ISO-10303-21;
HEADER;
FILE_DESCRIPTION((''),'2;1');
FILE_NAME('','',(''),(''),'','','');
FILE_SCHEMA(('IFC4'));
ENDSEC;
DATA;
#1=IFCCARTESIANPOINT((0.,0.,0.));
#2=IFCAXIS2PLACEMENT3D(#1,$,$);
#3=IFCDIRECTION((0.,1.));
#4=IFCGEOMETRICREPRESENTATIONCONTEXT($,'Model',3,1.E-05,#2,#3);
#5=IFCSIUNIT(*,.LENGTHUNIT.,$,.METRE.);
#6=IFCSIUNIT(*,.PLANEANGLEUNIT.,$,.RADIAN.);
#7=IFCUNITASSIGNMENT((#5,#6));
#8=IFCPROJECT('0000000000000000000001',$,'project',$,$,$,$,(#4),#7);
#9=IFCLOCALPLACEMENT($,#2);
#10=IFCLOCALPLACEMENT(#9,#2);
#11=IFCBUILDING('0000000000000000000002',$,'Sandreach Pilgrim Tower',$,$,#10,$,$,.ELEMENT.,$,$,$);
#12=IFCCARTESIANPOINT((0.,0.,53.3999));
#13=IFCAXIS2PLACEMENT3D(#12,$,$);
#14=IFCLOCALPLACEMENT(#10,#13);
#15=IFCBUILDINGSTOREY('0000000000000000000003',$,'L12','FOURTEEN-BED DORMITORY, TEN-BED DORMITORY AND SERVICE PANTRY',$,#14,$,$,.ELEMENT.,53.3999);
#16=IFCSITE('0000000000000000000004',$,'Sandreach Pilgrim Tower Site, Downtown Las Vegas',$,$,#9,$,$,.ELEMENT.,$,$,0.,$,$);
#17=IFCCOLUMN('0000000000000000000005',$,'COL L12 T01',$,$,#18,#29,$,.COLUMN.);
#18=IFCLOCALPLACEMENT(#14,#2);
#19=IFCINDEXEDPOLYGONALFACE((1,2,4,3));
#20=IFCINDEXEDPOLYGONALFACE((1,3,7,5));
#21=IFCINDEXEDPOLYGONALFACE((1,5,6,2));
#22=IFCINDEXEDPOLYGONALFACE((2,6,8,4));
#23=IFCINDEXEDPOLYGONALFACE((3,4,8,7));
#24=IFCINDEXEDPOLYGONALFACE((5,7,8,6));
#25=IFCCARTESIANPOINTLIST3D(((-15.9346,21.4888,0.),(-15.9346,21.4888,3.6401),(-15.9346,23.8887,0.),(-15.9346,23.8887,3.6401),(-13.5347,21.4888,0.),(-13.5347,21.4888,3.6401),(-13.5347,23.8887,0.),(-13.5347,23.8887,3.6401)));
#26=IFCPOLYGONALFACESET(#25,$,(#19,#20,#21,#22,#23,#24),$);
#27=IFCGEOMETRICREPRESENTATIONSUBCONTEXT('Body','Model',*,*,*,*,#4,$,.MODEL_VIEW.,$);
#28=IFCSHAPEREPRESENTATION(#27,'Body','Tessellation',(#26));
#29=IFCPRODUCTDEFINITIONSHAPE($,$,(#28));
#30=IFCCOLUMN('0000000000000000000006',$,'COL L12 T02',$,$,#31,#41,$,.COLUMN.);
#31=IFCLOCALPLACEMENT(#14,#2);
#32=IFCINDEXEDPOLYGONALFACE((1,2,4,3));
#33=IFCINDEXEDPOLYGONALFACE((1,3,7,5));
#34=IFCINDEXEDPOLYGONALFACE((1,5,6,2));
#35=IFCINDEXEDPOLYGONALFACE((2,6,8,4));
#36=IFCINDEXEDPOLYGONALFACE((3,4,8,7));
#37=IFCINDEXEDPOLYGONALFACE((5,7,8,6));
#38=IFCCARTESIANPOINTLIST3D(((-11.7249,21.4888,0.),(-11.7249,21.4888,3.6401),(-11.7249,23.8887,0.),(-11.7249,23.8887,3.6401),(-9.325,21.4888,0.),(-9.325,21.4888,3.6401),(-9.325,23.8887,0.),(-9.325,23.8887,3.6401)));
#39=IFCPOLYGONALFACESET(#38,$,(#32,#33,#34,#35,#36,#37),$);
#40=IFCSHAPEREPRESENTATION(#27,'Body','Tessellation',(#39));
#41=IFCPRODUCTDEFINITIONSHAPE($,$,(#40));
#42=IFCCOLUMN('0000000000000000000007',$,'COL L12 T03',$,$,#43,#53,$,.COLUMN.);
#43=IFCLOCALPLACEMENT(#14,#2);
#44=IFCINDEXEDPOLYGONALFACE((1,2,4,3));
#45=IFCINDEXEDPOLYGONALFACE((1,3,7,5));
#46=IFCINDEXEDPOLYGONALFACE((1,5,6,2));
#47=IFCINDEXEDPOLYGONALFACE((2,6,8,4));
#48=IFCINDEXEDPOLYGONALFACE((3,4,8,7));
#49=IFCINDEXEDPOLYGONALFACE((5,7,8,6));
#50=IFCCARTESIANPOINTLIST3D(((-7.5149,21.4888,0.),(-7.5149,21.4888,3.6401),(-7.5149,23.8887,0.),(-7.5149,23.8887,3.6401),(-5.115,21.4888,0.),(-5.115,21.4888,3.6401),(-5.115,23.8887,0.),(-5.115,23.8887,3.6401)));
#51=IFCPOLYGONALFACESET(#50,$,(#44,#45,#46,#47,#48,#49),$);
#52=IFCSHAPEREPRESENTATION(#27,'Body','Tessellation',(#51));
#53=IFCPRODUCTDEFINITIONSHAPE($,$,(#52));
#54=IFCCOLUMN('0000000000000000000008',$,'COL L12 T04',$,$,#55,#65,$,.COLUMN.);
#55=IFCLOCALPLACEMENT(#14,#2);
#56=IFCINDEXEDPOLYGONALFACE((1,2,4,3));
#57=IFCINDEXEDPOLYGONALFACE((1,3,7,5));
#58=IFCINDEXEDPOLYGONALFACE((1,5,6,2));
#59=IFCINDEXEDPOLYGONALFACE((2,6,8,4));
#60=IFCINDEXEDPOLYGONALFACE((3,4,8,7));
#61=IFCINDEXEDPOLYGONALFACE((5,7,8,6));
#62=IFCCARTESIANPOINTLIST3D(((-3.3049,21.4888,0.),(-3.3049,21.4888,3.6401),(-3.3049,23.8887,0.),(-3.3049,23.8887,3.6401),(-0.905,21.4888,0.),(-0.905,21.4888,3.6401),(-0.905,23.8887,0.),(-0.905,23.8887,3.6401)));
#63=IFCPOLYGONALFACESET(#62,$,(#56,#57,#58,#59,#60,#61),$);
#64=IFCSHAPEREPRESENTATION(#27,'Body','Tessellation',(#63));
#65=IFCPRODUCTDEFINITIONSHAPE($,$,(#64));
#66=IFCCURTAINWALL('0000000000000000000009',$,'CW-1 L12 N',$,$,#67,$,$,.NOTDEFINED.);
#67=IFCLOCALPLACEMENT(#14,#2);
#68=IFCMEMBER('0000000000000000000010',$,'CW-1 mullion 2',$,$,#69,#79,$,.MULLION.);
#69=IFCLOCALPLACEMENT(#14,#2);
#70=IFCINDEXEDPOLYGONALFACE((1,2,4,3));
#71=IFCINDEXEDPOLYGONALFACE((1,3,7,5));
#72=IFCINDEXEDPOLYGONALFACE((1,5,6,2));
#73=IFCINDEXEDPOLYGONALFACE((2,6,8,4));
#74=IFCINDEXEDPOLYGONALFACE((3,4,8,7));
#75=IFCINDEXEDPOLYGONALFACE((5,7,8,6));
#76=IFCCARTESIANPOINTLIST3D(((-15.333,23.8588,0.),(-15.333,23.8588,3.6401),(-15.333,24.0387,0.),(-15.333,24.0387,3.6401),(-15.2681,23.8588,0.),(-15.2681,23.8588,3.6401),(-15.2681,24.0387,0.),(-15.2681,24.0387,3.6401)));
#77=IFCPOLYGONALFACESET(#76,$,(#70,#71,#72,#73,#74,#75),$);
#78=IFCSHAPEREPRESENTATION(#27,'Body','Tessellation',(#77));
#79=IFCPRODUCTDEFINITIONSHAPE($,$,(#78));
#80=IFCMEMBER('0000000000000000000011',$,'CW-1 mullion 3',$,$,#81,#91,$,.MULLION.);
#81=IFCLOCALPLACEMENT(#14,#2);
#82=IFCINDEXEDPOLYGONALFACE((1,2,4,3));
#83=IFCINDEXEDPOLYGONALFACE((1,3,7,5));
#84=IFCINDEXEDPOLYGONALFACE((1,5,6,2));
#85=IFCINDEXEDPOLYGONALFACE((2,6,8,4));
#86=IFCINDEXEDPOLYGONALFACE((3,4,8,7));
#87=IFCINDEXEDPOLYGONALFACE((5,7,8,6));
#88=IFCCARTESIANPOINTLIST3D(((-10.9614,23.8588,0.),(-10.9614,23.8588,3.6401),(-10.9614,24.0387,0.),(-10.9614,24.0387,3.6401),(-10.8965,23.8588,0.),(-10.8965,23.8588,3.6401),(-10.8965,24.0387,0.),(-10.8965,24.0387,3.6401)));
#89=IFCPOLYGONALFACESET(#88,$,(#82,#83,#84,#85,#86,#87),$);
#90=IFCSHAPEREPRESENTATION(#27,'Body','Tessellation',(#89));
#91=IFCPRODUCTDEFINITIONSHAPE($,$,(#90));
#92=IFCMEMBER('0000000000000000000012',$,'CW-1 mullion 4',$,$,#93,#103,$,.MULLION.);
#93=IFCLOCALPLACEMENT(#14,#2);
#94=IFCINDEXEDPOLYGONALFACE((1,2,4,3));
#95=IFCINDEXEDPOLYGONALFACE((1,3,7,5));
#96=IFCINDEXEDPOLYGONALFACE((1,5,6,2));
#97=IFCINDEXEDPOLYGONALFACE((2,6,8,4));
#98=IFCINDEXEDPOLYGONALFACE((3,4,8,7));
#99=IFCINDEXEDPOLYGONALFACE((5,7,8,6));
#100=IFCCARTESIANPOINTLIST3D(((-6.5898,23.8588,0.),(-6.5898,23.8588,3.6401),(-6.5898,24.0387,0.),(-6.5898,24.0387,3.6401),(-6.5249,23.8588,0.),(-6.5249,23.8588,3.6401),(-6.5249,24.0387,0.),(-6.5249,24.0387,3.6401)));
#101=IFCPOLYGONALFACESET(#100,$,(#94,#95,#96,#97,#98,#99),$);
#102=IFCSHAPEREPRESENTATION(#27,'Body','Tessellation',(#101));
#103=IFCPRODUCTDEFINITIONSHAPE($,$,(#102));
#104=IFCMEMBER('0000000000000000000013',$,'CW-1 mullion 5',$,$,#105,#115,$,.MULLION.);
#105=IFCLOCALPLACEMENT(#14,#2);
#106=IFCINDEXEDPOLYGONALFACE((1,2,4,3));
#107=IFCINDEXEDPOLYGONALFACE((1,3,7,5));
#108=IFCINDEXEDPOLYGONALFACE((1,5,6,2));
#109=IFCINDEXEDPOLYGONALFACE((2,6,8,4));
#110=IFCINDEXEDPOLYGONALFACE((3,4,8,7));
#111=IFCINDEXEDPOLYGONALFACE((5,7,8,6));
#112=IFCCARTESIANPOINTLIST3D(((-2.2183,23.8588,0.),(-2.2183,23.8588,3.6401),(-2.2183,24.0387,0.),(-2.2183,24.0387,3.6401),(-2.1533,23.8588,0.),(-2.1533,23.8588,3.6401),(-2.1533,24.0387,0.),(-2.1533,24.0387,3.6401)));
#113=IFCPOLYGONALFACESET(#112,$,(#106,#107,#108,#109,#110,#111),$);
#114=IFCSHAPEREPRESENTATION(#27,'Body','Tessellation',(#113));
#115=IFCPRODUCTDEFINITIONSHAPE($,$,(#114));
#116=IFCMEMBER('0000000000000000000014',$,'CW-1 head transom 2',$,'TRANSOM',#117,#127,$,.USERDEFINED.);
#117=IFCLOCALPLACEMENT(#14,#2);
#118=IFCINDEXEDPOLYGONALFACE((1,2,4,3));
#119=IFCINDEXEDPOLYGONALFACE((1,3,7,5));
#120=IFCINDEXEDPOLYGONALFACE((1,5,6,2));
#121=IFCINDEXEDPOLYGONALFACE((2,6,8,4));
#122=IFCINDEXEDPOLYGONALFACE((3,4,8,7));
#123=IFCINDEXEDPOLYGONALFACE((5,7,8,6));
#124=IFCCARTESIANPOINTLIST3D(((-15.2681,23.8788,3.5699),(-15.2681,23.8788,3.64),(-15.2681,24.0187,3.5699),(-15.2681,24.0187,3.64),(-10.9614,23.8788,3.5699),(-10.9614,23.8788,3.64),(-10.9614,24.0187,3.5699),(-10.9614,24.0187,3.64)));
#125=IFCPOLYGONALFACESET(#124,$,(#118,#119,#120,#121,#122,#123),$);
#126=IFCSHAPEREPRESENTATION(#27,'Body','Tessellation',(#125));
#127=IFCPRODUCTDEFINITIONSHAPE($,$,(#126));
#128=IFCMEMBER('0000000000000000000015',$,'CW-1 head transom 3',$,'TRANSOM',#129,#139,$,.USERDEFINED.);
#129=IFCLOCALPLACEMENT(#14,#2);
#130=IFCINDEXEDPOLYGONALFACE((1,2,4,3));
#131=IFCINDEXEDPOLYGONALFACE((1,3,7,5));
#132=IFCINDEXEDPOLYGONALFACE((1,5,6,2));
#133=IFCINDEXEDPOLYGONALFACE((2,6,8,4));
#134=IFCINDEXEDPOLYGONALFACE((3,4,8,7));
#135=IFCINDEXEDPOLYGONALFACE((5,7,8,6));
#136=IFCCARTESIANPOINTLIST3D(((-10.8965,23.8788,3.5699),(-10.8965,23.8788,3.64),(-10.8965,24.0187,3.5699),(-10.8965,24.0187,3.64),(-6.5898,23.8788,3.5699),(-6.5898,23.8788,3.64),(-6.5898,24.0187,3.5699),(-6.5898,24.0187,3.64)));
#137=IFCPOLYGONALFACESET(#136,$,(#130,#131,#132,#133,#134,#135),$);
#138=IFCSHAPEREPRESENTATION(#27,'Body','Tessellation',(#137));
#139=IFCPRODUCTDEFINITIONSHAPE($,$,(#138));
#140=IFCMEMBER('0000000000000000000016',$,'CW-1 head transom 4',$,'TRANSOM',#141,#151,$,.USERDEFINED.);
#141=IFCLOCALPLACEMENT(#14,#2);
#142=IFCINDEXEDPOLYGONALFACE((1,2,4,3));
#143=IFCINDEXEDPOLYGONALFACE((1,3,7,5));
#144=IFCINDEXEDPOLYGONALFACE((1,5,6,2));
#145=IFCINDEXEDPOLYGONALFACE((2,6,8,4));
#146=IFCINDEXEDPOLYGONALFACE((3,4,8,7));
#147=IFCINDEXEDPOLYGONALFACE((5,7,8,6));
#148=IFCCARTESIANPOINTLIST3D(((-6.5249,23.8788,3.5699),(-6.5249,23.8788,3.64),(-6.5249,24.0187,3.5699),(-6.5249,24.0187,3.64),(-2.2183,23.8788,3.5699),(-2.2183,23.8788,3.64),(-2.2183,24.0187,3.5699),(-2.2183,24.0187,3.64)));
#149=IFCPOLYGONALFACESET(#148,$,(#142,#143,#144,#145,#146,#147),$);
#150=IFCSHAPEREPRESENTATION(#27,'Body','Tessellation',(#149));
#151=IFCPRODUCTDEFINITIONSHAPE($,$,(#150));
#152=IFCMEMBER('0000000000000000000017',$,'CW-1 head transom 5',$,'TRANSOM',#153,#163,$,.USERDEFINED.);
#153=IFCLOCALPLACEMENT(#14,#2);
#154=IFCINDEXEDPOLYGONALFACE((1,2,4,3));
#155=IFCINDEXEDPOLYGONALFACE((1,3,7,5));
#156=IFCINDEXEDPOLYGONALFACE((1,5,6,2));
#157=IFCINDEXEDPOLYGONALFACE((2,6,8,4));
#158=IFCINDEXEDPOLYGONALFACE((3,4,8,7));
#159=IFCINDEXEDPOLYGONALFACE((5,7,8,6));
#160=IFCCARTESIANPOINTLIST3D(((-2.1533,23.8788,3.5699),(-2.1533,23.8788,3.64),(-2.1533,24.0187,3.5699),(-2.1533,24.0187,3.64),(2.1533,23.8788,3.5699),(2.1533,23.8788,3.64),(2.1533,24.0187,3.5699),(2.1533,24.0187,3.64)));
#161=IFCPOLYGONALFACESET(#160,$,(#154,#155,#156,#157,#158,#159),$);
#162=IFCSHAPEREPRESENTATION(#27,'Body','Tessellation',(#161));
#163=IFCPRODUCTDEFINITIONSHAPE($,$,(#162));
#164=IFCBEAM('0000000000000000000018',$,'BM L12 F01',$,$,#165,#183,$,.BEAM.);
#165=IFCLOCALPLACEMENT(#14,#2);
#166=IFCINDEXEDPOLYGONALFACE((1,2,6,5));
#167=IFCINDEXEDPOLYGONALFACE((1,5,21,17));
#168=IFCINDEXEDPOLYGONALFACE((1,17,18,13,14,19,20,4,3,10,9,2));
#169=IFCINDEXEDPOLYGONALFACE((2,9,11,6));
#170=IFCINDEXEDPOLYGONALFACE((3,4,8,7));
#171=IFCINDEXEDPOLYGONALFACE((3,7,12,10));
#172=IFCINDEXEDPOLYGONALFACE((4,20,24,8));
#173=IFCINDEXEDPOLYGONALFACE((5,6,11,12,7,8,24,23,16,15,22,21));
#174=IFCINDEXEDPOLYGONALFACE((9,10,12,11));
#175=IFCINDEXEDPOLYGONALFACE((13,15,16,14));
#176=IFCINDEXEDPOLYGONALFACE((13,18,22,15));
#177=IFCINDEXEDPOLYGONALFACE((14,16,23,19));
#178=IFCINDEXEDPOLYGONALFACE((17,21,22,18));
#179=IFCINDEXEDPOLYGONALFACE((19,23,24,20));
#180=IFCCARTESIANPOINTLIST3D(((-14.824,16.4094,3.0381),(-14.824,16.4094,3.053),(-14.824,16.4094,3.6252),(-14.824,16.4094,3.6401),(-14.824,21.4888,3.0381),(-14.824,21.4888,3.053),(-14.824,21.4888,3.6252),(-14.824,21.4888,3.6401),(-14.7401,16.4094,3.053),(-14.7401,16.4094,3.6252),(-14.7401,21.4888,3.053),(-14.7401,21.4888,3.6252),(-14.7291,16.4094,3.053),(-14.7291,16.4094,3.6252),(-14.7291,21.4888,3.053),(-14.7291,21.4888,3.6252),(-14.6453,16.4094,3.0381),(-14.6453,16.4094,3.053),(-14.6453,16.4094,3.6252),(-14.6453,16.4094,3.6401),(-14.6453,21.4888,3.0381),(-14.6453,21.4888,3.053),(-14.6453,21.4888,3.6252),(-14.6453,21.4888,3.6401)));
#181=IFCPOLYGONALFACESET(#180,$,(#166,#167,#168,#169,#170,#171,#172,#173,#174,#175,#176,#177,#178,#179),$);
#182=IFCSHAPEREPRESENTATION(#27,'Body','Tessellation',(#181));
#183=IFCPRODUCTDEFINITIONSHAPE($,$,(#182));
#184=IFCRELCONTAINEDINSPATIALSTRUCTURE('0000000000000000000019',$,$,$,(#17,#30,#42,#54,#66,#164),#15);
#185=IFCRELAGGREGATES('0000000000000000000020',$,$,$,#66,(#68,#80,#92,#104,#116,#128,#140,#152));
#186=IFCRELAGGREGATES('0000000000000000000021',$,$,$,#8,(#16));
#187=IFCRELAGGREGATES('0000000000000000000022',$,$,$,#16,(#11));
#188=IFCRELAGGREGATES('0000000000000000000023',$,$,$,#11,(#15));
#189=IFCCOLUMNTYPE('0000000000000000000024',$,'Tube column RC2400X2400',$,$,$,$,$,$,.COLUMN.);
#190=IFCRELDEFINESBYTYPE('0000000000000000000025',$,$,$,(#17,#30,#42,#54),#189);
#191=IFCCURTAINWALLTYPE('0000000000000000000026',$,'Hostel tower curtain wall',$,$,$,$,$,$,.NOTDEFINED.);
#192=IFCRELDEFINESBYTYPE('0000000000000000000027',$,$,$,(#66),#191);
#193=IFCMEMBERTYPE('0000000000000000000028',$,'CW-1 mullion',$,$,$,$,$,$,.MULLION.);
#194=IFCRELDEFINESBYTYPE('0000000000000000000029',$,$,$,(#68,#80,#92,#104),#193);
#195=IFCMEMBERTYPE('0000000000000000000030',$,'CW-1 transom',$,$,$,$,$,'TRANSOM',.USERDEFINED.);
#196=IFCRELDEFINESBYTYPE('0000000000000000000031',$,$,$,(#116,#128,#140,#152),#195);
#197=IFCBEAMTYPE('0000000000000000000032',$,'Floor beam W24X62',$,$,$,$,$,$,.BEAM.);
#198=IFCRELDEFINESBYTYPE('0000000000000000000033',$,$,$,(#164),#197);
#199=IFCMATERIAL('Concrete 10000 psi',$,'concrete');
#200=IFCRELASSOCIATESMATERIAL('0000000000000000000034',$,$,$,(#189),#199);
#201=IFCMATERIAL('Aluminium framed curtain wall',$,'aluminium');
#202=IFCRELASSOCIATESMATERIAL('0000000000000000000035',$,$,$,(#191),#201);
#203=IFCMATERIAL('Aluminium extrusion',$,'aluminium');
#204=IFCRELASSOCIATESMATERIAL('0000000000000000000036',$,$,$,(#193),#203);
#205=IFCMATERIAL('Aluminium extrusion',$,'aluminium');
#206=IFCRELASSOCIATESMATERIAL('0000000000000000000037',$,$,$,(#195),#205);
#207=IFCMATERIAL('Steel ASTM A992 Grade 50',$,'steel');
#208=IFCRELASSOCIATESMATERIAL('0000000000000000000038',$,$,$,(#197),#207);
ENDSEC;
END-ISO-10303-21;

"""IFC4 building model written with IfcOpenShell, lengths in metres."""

from ifc_helpers import new_model, si_unit, direction, frame, origin, origin_2d, place, context, subcontext, project, spatial, rectangle, i_section, extrude, clip, halfspace, material, material_profile, profile_set, type_object, element, aggregate, save


model = new_model("IFC4")

# Units and contexts
model_context = context("Model", 3, precision=1e-05, world=origin(), true_north=direction((0.0, 1.0)))
body_context = subcontext(model_context, "Body", "Model", "MODEL_VIEW")
ifc_project = project(units=[si_unit("LENGTHUNIT", "METRE"), si_unit("PLANEANGLEUNIT", "RADIAN")], contexts=[model_context])

# Site, building, storey
site_placement = place(None, origin())
site = spatial("IfcSite", under=ifc_project, at=site_placement, Name="Sandreach Pilgrim Tower Site, Downtown Las Vegas", CompositionType="ELEMENT", RefElevation=0.0)
building_placement = place(site_placement, origin())
building = spatial("IfcBuilding", under=site, at=building_placement, Name="Sandreach Pilgrim Tower", CompositionType="ELEMENT")
storey_placement = place(building_placement, frame((0.0, 0.0, 53.3999)))
storey = spatial("IfcBuildingStorey", under=building, at=storey_placement, Name="L12", Description="FOURTEEN-BED DORMITORY, TEN-BED DORMITORY AND SERVICE PANTRY", CompositionType="ELEMENT", Elevation=53.3999)

# Columns
ifc_material_1 = material(Name="Concrete 10000 psi", Category="concrete")
ifc_material_profile_1 = material_profile(ifc_material_1, rectangle(XDim=2.3999, YDim=2.3999, at=origin_2d()), Name="RC2400X2400")
ifc_profile_set_1 = profile_set([ifc_material_profile_1], Name="Concrete 10000 psi")
column_type = type_object("IfcColumnType", Name="Tube column RC2400X2400", PredefinedType="COLUMN", material=ifc_profile_set_1)
column_1_placement = place(storey_placement, frame((-14.7346, 22.6887, 0.0), z_axis=(0.0, 0.0, 1.0), x_axis=(0.0, 1.0, 0.0)))
element("IfcColumn", 1, at=column_1_placement, inside=storey, type_object=column_type, Name="COL L12 T01", PredefinedType="COLUMN", context=body_context, shape_type="SweptSolid", body=[
    clip(extrude(rectangle(XDim=2.3999, YDim=2.3999, at=origin_2d()), origin(), (0.0, 0.0, 1.0), 3.7275), halfspace(frame((0.0, 0.0, 3.6401)), False)),
])
column_2_placement = place(storey_placement, frame((-10.5249, 22.6887, 0.0), z_axis=(0.0, 0.0, 1.0), x_axis=(0.0, 1.0, 0.0)))
element("IfcColumn", 2, at=column_2_placement, inside=storey, type_object=column_type, Name="COL L12 T02", PredefinedType="COLUMN", context=body_context, shape_type="SweptSolid", body=[
    clip(extrude(rectangle(XDim=2.3999, YDim=2.3999, at=origin_2d()), origin(), (0.0, 0.0, 1.0), 3.7356), halfspace(frame((0.0, 0.0, 3.6401)), False)),
])
column_3_placement = place(storey_placement, frame((-6.3149, 22.6887, 0.0), z_axis=(0.0, 0.0, 1.0), x_axis=(0.0, 1.0, 0.0)))
element("IfcColumn", 3, at=column_3_placement, inside=storey, type_object=column_type, Name="COL L12 T03", PredefinedType="COLUMN", context=body_context, shape_type="SweptSolid", body=[
    clip(extrude(rectangle(XDim=2.3999, YDim=2.3999, at=origin_2d()), origin(), (0.0, 0.0, 1.0), 3.7439), halfspace(frame((0.0, 0.0, 3.6401)), False)),
])
column_4_placement = place(storey_placement, frame((-2.105, 22.6887, 0.0), z_axis=(0.0, 0.0, 1.0), x_axis=(0.0, 1.0, 0.0)))
element("IfcColumn", 4, at=column_4_placement, inside=storey, type_object=column_type, Name="COL L12 T04", PredefinedType="COLUMN", context=body_context, shape_type="SweptSolid", body=[
    clip(extrude(rectangle(XDim=2.3999, YDim=2.3999, at=origin_2d()), origin(), (0.0, 0.0, 1.0), 3.752), halfspace(frame((0.0, 0.0, 3.6401)), False)),
])

# Curtain wall, members
ifc_material_2 = material(Name="Aluminium framed curtain wall", Category="aluminium")
curtain_wall_type = type_object("IfcCurtainWallType", Name="Hostel tower curtain wall", PredefinedType="NOTDEFINED", material=ifc_material_2)
curtain_wall_placement = place(storey_placement, origin())
curtain_wall = element("IfcCurtainWall", 5, at=curtain_wall_placement, inside=storey, type_object=curtain_wall_type, Name="CW-1 L12 N", PredefinedType="NOTDEFINED")
ifc_material_3 = material(Name="Aluminium extrusion", Category="aluminium")
ifc_material_profile_2 = material_profile(ifc_material_3, rectangle(XDim=0.0649, YDim=0.1799, at=origin_2d()), Name="CW-1M 65X180")
ifc_profile_set_2 = profile_set([ifc_material_profile_2], Name="Aluminium extrusion")
member_type_1 = type_object("IfcMemberType", Name="CW-1 mullion", PredefinedType="MULLION", material=ifc_profile_set_2)
member_1_placement = place(storey_placement, frame((-15.3005, 23.9487, 0.0), z_axis=(0.0, 0.0, 1.0), x_axis=(1.0, 0.0, 0.0)))
member_1 = element("IfcMember", 6, at=member_1_placement, type_object=member_type_1, Name="CW-1 mullion 2", PredefinedType="MULLION", context=body_context, shape_type="SweptSolid", body=[
    extrude(rectangle(XDim=0.0649, YDim=0.1799, at=origin_2d()), origin(), (0.0, 0.0, 1.0), 3.6401),
])
member_2_placement = place(storey_placement, frame((-10.929, 23.9487, 0.0), z_axis=(0.0, 0.0, 1.0), x_axis=(1.0, 0.0, 0.0)))
member_2 = element("IfcMember", 7, at=member_2_placement, type_object=member_type_1, Name="CW-1 mullion 3", PredefinedType="MULLION", context=body_context, shape_type="SweptSolid", body=[
    extrude(rectangle(XDim=0.0649, YDim=0.1799, at=origin_2d()), origin(), (0.0, 0.0, 1.0), 3.6401),
])
member_3_placement = place(storey_placement, frame((-6.5574, 23.9487, 0.0), z_axis=(0.0, 0.0, 1.0), x_axis=(1.0, 0.0, 0.0)))
member_3 = element("IfcMember", 8, at=member_3_placement, type_object=member_type_1, Name="CW-1 mullion 4", PredefinedType="MULLION", context=body_context, shape_type="SweptSolid", body=[
    extrude(rectangle(XDim=0.0649, YDim=0.1799, at=origin_2d()), origin(), (0.0, 0.0, 1.0), 3.6401),
])
member_4_placement = place(storey_placement, frame((-2.1858, 23.9487, 0.0), z_axis=(0.0, 0.0, 1.0), x_axis=(1.0, 0.0, 0.0)))
member_4 = element("IfcMember", 9, at=member_4_placement, type_object=member_type_1, Name="CW-1 mullion 5", PredefinedType="MULLION", context=body_context, shape_type="SweptSolid", body=[
    extrude(rectangle(XDim=0.0649, YDim=0.1799, at=origin_2d()), origin(), (0.0, 0.0, 1.0), 3.6401),
])
ifc_material_4 = material(Name="Aluminium extrusion", Category="aluminium")
ifc_material_profile_3 = material_profile(ifc_material_4, rectangle(XDim=0.1399, YDim=0.0701, at=origin_2d()), Name="CW-1T 140X70")
ifc_profile_set_3 = profile_set([ifc_material_profile_3], Name="Aluminium extrusion")
member_type_2 = type_object("IfcMemberType", Name="CW-1 transom", ElementType="TRANSOM", PredefinedType="USERDEFINED", material=ifc_profile_set_3)
member_5_placement = place(storey_placement, frame((-15.2681, 23.9487, 3.605), z_axis=(1.0, 0.0, 0.0), x_axis=(0.0, 1.0, 0.0)))
member_5 = element("IfcMember", 10, at=member_5_placement, type_object=member_type_2, Name="CW-1 head transom 2", ObjectType="TRANSOM", PredefinedType="USERDEFINED", context=body_context, shape_type="SweptSolid", body=[
    extrude(rectangle(XDim=0.1399, YDim=0.0701, at=origin_2d()), origin(), (0.0, 0.0, 1.0), 4.3066),
])
member_6_placement = place(storey_placement, frame((-10.8965, 23.9487, 3.605), z_axis=(1.0, 0.0, 0.0), x_axis=(0.0, 1.0, 0.0)))
member_6 = element("IfcMember", 11, at=member_6_placement, type_object=member_type_2, Name="CW-1 head transom 3", ObjectType="TRANSOM", PredefinedType="USERDEFINED", context=body_context, shape_type="SweptSolid", body=[
    extrude(rectangle(XDim=0.1399, YDim=0.0701, at=origin_2d()), origin(), (0.0, 0.0, 1.0), 4.3066),
])
member_7_placement = place(storey_placement, frame((-6.5249, 23.9487, 3.605), z_axis=(1.0, 0.0, 0.0), x_axis=(0.0, 1.0, 0.0)))
member_7 = element("IfcMember", 12, at=member_7_placement, type_object=member_type_2, Name="CW-1 head transom 4", ObjectType="TRANSOM", PredefinedType="USERDEFINED", context=body_context, shape_type="SweptSolid", body=[
    extrude(rectangle(XDim=0.1399, YDim=0.0701, at=origin_2d()), origin(), (0.0, 0.0, 1.0), 4.3066),
])
member_8_placement = place(storey_placement, frame((-2.1533, 23.9487, 3.605), z_axis=(1.0, 0.0, 0.0), x_axis=(0.0, 1.0, 0.0)))
member_8 = element("IfcMember", 13, at=member_8_placement, type_object=member_type_2, Name="CW-1 head transom 5", ObjectType="TRANSOM", PredefinedType="USERDEFINED", context=body_context, shape_type="SweptSolid", body=[
    extrude(rectangle(XDim=0.1399, YDim=0.0701, at=origin_2d()), origin(), (0.0, 0.0, 1.0), 4.3066),
])

# Beam
ifc_material_5 = material(Name="Steel ASTM A992 Grade 50", Category="steel")
ifc_material_profile_4 = material_profile(ifc_material_5, i_section(OverallWidth=0.1787, OverallDepth=0.6021, WebThickness=0.011, FlangeThickness=0.0149, at=origin_2d()), Name="W24X62")
ifc_profile_set_4 = profile_set([ifc_material_profile_4], Name="Steel ASTM A992 Grade 50")
beam_type_1 = type_object("IfcBeamType", Name="Floor beam W24X62", PredefinedType="BEAM", material=ifc_profile_set_4)
beam_1_placement = place(storey_placement, frame((-14.7346, 21.4888, 3.3391), z_axis=(0.0, -1.0, 0.0), x_axis=(1.0, 0.0, 0.0)))
element("IfcBeam", 14, at=beam_1_placement, inside=storey, type_object=beam_type_1, Name="BM L12 F01", PredefinedType="BEAM", context=body_context, shape_type="SweptSolid", body=[
    extrude(i_section(OverallWidth=0.1787, OverallDepth=0.6021, WebThickness=0.011, FlangeThickness=0.0149, at=origin_2d()), origin(), (0.0, 0.0, 1.0), 5.0793),
])

aggregate(curtain_wall, [member_1, member_2, member_3, member_4, member_5, member_6, member_7, member_8])

save(model, "model.ifc")
